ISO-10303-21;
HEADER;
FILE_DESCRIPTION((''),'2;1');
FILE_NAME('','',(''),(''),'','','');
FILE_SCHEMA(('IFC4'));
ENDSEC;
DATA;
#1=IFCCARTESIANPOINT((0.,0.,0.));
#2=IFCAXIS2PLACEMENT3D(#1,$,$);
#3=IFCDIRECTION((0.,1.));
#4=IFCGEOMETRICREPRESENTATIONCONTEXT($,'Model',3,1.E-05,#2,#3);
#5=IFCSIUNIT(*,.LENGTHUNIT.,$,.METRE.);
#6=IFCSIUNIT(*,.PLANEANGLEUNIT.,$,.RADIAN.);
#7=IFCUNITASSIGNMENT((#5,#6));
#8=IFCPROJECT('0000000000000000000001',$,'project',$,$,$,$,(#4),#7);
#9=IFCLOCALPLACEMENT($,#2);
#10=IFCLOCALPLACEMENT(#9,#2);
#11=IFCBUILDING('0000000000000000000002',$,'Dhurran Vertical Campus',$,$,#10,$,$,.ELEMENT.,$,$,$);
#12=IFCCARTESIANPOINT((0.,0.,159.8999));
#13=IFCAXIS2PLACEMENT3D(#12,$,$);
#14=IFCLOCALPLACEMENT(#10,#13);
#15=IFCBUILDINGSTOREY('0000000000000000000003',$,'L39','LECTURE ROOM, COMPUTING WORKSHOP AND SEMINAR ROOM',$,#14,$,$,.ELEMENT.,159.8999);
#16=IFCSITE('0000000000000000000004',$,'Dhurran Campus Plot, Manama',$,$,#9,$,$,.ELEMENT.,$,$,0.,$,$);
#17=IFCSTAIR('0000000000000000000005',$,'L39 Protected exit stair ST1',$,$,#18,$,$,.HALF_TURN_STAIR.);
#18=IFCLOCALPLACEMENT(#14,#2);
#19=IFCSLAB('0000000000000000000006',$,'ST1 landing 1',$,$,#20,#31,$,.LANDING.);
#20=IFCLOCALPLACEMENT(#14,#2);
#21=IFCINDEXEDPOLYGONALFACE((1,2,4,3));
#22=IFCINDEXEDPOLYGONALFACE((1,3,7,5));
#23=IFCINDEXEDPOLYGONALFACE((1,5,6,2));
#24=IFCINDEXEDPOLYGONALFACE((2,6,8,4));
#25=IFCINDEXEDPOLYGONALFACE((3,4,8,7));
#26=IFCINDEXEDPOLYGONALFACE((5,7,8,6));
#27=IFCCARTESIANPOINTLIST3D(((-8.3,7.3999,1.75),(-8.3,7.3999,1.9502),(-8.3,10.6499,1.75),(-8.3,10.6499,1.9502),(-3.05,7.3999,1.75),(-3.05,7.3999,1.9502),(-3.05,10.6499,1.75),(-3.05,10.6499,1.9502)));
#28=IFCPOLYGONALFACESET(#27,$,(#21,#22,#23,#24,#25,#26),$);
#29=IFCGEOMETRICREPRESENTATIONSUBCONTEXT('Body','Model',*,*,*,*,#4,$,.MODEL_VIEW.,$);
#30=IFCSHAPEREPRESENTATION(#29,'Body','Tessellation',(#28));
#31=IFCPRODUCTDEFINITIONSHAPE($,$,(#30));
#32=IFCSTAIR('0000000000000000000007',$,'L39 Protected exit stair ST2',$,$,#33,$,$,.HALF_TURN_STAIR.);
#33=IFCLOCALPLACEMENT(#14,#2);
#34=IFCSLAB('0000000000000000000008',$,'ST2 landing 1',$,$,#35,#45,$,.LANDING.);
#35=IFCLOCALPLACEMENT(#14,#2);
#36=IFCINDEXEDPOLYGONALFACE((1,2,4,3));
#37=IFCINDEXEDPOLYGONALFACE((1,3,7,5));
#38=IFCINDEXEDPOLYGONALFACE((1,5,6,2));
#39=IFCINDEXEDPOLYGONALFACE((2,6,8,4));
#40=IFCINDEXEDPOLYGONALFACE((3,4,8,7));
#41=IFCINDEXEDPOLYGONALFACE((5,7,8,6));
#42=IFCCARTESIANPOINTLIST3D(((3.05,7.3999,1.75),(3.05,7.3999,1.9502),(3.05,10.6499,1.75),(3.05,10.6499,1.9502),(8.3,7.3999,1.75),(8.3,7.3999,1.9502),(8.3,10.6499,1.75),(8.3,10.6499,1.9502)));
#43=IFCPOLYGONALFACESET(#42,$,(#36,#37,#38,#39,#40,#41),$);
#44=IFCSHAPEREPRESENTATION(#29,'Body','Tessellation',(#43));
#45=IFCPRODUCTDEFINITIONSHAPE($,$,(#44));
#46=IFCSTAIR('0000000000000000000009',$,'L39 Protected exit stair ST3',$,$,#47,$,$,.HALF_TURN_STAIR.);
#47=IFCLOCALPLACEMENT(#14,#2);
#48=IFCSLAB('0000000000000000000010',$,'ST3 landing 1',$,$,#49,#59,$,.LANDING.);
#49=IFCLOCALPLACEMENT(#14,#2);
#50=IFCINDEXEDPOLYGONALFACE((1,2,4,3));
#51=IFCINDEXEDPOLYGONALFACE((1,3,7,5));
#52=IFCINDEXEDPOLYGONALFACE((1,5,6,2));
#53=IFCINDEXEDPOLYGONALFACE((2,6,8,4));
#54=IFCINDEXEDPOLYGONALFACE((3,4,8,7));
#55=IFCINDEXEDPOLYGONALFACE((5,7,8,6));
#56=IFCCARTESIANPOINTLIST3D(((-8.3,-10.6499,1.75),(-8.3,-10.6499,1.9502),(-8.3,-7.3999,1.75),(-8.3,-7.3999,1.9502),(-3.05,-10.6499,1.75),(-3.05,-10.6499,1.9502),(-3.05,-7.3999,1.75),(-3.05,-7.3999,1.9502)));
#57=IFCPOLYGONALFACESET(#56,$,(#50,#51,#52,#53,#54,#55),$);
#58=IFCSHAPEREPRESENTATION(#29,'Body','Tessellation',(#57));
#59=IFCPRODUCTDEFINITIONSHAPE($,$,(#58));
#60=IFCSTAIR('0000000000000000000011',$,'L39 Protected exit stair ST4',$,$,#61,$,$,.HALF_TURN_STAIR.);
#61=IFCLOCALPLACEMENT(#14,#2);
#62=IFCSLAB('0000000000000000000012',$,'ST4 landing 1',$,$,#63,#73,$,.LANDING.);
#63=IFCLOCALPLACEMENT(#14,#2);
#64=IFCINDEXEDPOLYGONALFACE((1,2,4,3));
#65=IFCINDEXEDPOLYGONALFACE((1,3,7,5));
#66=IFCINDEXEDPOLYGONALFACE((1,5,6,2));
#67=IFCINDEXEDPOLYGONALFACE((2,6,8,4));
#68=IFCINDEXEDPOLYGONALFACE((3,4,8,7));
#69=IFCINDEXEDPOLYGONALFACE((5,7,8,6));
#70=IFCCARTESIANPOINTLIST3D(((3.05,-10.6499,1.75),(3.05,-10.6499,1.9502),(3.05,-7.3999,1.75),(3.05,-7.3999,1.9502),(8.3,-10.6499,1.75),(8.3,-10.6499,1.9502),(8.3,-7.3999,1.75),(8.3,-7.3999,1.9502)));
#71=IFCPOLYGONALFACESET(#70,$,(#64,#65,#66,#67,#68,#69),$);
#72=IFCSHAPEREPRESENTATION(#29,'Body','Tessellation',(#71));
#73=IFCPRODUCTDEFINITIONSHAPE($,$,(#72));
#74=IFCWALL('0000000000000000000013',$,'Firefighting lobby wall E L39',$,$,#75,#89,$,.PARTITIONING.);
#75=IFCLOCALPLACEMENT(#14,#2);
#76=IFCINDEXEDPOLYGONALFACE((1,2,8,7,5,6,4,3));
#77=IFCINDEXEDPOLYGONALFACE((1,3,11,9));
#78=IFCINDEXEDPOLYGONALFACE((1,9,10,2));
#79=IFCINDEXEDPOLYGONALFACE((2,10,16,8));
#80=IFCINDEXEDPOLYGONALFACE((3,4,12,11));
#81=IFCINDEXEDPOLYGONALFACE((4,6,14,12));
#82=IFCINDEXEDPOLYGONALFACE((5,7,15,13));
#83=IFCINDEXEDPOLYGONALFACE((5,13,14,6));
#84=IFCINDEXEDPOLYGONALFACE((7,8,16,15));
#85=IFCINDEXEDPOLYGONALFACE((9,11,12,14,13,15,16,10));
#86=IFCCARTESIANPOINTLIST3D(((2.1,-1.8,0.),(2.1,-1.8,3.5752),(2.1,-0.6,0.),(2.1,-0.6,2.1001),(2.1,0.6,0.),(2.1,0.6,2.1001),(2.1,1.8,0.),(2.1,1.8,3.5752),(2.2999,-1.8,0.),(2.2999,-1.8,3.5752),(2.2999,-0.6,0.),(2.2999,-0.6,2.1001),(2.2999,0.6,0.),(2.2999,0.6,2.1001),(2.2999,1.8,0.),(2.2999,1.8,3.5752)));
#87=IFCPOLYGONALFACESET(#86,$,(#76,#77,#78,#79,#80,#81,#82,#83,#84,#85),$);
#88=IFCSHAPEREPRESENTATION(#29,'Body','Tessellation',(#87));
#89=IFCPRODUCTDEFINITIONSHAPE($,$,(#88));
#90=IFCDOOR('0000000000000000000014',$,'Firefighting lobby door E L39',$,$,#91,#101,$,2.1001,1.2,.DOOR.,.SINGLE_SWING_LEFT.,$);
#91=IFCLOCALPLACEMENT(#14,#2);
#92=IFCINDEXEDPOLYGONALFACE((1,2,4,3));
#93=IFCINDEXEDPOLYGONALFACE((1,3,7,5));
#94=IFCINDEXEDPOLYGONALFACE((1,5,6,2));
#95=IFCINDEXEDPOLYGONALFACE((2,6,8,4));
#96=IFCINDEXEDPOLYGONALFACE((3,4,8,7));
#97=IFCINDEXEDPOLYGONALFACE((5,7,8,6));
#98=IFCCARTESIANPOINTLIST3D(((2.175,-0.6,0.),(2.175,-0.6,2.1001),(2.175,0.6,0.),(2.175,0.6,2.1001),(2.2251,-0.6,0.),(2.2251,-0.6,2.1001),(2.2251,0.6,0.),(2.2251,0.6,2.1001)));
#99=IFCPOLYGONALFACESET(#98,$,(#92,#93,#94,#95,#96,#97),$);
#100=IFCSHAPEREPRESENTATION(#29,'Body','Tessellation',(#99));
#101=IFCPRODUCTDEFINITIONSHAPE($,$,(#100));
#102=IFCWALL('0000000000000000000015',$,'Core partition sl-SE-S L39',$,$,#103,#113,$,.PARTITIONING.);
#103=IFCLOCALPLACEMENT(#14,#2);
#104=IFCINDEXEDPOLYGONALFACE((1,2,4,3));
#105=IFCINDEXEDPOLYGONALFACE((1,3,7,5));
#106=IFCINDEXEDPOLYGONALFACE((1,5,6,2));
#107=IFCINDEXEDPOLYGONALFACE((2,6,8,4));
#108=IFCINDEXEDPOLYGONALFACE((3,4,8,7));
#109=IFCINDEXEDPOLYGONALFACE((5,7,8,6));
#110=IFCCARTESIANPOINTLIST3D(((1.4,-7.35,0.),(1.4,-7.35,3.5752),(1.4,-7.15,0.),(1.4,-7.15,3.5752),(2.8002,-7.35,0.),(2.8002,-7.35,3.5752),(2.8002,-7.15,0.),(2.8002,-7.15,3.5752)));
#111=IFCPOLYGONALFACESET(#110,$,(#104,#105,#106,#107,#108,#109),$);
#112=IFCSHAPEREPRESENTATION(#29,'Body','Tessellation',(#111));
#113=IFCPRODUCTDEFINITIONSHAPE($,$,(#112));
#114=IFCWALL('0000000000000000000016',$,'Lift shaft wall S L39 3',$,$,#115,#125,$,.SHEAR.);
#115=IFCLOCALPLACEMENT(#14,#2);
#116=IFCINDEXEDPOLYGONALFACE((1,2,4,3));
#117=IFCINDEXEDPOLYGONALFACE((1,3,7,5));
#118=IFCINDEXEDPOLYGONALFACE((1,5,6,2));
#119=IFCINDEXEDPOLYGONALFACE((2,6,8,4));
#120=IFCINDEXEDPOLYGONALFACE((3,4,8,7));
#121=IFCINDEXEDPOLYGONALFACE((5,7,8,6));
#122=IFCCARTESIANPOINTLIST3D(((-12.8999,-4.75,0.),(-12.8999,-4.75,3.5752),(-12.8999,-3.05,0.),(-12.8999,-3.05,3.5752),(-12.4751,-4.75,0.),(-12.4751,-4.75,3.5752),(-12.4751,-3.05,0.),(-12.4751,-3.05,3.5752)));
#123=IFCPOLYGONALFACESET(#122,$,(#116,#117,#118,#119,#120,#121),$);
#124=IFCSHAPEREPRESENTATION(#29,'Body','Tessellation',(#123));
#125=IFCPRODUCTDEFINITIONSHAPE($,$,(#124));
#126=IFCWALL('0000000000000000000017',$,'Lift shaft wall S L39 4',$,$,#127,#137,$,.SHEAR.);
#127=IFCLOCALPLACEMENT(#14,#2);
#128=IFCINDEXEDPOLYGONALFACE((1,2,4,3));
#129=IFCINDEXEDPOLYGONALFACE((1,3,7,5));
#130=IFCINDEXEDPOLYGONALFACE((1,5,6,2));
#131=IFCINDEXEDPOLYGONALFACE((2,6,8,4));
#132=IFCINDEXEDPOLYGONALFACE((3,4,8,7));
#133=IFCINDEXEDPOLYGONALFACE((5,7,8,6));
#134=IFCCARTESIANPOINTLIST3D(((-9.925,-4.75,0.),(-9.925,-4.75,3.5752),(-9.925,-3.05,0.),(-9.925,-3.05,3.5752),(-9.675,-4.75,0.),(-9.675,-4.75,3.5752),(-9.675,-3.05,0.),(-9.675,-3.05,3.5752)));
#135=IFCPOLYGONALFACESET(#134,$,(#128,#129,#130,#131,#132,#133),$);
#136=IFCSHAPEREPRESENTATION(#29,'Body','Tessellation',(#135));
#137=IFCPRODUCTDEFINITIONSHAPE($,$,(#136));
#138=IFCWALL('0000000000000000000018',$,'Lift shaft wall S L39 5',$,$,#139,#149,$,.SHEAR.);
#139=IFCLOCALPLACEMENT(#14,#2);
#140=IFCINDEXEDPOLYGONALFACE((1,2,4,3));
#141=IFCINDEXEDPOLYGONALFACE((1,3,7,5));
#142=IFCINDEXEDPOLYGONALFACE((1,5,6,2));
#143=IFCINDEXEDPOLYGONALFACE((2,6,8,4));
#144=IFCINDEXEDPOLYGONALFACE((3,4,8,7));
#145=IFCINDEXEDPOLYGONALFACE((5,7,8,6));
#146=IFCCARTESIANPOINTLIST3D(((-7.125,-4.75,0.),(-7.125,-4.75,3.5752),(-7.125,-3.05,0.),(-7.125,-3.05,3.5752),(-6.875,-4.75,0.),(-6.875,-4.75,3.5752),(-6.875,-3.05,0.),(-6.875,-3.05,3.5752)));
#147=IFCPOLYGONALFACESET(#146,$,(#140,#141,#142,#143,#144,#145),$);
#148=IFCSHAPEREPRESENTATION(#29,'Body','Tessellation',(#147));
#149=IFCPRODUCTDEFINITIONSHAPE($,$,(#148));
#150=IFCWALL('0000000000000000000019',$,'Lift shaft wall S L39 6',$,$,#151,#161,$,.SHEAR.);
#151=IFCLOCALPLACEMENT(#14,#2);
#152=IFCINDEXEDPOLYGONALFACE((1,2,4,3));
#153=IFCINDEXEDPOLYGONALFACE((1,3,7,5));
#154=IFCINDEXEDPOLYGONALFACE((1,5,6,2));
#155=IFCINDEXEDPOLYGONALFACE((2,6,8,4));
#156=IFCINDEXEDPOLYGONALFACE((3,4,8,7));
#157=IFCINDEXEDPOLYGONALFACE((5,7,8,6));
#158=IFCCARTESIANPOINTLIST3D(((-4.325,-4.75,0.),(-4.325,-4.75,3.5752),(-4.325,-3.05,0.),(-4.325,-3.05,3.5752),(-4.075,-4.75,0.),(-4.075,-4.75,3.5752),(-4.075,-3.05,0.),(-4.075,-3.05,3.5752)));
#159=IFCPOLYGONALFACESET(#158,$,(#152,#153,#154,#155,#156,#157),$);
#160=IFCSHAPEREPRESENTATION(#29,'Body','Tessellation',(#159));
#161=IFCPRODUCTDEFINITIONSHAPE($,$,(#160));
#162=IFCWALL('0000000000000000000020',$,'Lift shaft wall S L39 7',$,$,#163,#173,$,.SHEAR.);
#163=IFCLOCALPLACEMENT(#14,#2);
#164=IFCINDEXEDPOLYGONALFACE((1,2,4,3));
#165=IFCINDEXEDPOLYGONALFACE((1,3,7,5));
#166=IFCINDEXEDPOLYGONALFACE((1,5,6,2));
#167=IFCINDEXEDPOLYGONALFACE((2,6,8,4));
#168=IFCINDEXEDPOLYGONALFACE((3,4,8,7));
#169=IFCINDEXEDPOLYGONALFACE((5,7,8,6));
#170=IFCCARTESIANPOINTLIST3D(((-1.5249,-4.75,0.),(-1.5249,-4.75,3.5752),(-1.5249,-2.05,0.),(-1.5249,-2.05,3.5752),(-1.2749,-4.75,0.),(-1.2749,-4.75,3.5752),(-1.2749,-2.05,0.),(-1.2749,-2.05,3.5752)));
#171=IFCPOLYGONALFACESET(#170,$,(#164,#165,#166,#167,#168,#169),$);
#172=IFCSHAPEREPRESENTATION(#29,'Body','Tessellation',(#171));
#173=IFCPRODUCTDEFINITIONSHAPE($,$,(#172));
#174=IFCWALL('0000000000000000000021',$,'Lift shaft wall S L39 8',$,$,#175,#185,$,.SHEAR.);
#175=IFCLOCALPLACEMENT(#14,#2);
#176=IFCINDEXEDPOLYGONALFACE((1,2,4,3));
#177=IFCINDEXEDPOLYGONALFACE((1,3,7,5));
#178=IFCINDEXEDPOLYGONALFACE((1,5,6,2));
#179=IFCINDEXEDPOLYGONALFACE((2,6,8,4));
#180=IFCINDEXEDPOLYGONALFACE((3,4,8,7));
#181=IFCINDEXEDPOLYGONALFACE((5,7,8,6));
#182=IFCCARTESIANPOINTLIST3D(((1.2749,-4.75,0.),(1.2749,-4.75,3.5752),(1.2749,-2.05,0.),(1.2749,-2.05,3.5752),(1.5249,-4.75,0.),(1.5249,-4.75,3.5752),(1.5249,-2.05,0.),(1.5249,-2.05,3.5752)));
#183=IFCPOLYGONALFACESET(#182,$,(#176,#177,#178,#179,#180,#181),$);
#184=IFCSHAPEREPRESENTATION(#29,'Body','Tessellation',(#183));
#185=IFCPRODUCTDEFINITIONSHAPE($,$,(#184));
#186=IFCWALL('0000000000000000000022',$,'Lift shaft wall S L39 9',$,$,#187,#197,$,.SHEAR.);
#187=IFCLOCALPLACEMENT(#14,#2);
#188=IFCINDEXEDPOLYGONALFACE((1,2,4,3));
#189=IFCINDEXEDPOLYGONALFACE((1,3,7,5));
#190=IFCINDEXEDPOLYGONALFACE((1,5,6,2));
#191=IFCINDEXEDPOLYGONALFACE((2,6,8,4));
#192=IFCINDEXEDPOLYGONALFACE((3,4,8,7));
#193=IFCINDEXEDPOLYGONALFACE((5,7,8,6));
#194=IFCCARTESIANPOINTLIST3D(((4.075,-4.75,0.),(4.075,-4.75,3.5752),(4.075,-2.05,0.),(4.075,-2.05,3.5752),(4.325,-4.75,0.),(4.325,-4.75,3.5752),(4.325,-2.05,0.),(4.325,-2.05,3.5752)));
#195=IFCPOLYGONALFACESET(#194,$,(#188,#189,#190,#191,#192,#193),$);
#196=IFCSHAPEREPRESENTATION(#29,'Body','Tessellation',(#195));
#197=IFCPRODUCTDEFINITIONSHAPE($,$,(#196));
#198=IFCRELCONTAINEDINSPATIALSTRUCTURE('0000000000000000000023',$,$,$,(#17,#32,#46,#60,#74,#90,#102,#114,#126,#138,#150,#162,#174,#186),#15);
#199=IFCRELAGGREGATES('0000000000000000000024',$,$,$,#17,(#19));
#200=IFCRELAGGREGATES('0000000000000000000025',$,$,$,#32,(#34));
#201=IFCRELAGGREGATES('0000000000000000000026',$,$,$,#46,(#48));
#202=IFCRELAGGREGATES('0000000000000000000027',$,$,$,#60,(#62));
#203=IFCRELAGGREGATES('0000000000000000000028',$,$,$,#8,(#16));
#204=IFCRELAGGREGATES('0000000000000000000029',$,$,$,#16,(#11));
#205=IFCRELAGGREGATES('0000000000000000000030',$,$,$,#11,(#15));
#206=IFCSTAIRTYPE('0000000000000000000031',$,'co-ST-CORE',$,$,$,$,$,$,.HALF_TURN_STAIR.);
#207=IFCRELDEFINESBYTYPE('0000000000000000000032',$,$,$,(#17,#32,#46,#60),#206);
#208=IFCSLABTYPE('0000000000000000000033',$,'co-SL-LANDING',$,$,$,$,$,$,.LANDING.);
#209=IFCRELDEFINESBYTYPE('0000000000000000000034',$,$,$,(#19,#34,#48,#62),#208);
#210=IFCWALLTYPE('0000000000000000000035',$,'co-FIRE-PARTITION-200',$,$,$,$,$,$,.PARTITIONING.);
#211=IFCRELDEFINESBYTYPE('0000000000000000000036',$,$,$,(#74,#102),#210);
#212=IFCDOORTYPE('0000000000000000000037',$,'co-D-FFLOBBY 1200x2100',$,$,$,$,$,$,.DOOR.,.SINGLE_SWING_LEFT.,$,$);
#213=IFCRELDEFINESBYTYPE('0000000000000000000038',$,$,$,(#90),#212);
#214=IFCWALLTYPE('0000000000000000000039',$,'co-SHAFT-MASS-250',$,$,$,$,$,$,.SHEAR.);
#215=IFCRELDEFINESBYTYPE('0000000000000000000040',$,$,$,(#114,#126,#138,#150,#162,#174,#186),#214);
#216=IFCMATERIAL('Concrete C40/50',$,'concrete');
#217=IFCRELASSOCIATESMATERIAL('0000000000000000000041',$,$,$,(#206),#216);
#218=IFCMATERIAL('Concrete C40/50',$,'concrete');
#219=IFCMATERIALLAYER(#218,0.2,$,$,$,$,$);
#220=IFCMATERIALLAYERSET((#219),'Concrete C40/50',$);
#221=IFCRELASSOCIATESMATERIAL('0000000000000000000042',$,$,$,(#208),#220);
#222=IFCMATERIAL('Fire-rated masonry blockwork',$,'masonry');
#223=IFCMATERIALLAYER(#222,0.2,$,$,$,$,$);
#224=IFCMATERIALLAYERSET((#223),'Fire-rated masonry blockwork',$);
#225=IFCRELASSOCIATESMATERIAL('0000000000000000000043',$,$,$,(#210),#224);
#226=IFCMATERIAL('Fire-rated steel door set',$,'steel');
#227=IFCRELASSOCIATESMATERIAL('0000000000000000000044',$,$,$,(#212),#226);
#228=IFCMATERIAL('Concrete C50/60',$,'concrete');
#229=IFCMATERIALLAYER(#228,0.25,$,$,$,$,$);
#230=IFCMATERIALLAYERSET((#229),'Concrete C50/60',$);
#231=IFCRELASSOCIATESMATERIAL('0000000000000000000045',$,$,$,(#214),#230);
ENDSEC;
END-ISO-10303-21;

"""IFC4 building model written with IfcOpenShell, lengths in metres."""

from ifc_helpers import new_model, si_unit, direction, frame, frame_2d, origin, place, context, subcontext, project, spatial, polyline, rectangle, outline, extrude, material, layer, layer_set, type_object, element, fill, aggregate, save


model = new_model("IFC4")

# Units and contexts
model_context = context("Model", 3, precision=1e-05, world=origin(), true_north=direction((0.0, 1.0)))
body_context = subcontext(model_context, "Body", "Model", "MODEL_VIEW")
ifc_project = project(units=[si_unit("LENGTHUNIT", "METRE"), si_unit("PLANEANGLEUNIT", "RADIAN")], contexts=[model_context])

# Site, building, storey
site_placement = place(None, origin())
site = spatial("IfcSite", under=ifc_project, at=site_placement, Name="Dhurran Campus Plot, Manama", CompositionType="ELEMENT", RefElevation=0.0)
building_placement = place(site_placement, origin())
building = spatial("IfcBuilding", under=site, at=building_placement, Name="Dhurran Vertical Campus", CompositionType="ELEMENT")
storey_placement = place(building_placement, frame((0.0, 0.0, 159.8999)))
storey = spatial("IfcBuildingStorey", under=building, at=storey_placement, Name="L39", Description="LECTURE ROOM, COMPUTING WORKSHOP AND SEMINAR ROOM", CompositionType="ELEMENT", Elevation=159.8999)

# Stairs, slabs
ifc_material_1 = material(Name="Concrete C40/50", Category="concrete")
stair_type = type_object("IfcStairType", Name="co-ST-CORE", PredefinedType="HALF_TURN_STAIR", material=ifc_material_1)
stair_1_placement = place(storey_placement, origin())
stair_1 = element("IfcStair", 1, at=stair_1_placement, inside=storey, type_object=stair_type, Name="L39 Protected exit stair ST1", PredefinedType="HALF_TURN_STAIR")
ifc_material_2 = material(Name="Concrete C40/50", Category="concrete")
ifc_layer_1 = layer(ifc_material_2, 0.2)
ifc_layer_set_1 = layer_set([ifc_layer_1], Name="Concrete C40/50")
slab_type = type_object("IfcSlabType", Name="co-SL-LANDING", PredefinedType="LANDING", material=ifc_layer_set_1)
slab_1_placement = place(storey_placement, frame((0.0, 0.0, 1.75)))
slab_1 = element("IfcSlab", 2, at=slab_1_placement, type_object=slab_type, Name="ST1 landing 1", PredefinedType="LANDING", context=body_context, shape_type="SweptSolid", body=[
    extrude(outline(polyline([(-8.3, 7.3999), (-3.05, 7.3999), (-3.05, 10.6499), (-8.3, 10.6499), (-8.3, 7.3999)])), origin(), (0.0, 0.0, 1.0), 0.2002),
])
aggregate(stair_1, [slab_1])
stair_2_placement = place(storey_placement, origin())
stair_2 = element("IfcStair", 3, at=stair_2_placement, inside=storey, type_object=stair_type, Name="L39 Protected exit stair ST2", PredefinedType="HALF_TURN_STAIR")
slab_2_placement = place(storey_placement, frame((0.0, 0.0, 1.75)))
slab_2 = element("IfcSlab", 4, at=slab_2_placement, type_object=slab_type, Name="ST2 landing 1", PredefinedType="LANDING", context=body_context, shape_type="SweptSolid", body=[
    extrude(outline(polyline([(8.3, 10.6499), (3.05, 10.6499), (3.05, 7.3999), (8.3, 7.3999), (8.3, 10.6499)])), origin(), (0.0, 0.0, 1.0), 0.2002),
])
aggregate(stair_2, [slab_2])
stair_3_placement = place(storey_placement, origin())
stair_3 = element("IfcStair", 5, at=stair_3_placement, inside=storey, type_object=stair_type, Name="L39 Protected exit stair ST3", PredefinedType="HALF_TURN_STAIR")
slab_3_placement = place(storey_placement, frame((0.0, 0.0, 1.75)))
slab_3 = element("IfcSlab", 6, at=slab_3_placement, type_object=slab_type, Name="ST3 landing 1", PredefinedType="LANDING", context=body_context, shape_type="SweptSolid", body=[
    extrude(outline(polyline([(-8.3, -10.6499), (-3.05, -10.6499), (-3.05, -7.3999), (-8.3, -7.3999), (-8.3, -10.6499)])), origin(), (0.0, 0.0, 1.0), 0.2002),
])
aggregate(stair_3, [slab_3])
stair_4_placement = place(storey_placement, origin())
stair_4 = element("IfcStair", 7, at=stair_4_placement, inside=storey, type_object=stair_type, Name="L39 Protected exit stair ST4", PredefinedType="HALF_TURN_STAIR")
slab_4_placement = place(storey_placement, frame((0.0, 0.0, 1.75)))
slab_4 = element("IfcSlab", 8, at=slab_4_placement, type_object=slab_type, Name="ST4 landing 1", PredefinedType="LANDING", context=body_context, shape_type="SweptSolid", body=[
    extrude(outline(polyline([(8.3, -7.3999), (3.05, -7.3999), (3.05, -10.6499), (8.3, -10.6499), (8.3, -7.3999)])), origin(), (0.0, 0.0, 1.0), 0.2002),
])
aggregate(stair_4, [slab_4])

# Wall, opening, door
ifc_material_3 = material(Name="Fire-rated masonry blockwork", Category="masonry")
ifc_layer_2 = layer(ifc_material_3, 0.2)
ifc_layer_set_2 = layer_set([ifc_layer_2], Name="Fire-rated masonry blockwork")
wall_type_1 = type_object("IfcWallType", Name="co-FIRE-PARTITION-200", PredefinedType="PARTITIONING", material=ifc_layer_set_2)
wall_1_placement = place(storey_placement, frame((2.2, -1.8, 0.0), z_axis=(0.0, 0.0, 1.0), x_axis=(0.0, 1.0, 0.0)))
wall_1 = element("IfcWall", 9, at=wall_1_placement, inside=storey, type_object=wall_type_1, Name="Firefighting lobby wall E L39", PredefinedType="PARTITIONING", context=body_context, shape_type="SweptSolid", body=[
    extrude(rectangle(XDim=3.6001, YDim=0.2, at=frame_2d((1.8, 0.0))), origin(), (0.0, 0.0, 1.0), 3.5752),
])
opening_1_placement = place(wall_1_placement, frame((1.2, 0.0, 0.0)))
opening_1 = element("IfcOpeningElement", 10, at=opening_1_placement, cuts=wall_1, PredefinedType="OPENING", context=body_context, shape_type="SweptSolid", body=[
    extrude(rectangle(XDim=1.2, YDim=2.1001, at=frame_2d((0.6001, 1.05))), frame((0.0, 0.1099, 0.0), z_axis=(0.0, -1.0, 0.0), x_axis=(1.0, 0.0, 0.0)), (0.0, 0.0, 1.0), 0.22),
])
ifc_material_4 = material(Name="Fire-rated steel door set", Category="steel")
door_type_1 = type_object("IfcDoorType", Name="co-D-FFLOBBY 1200x2100", OperationType="SINGLE_SWING_LEFT", PredefinedType="DOOR", material=ifc_material_4)
door_1_placement = place(opening_1_placement, origin())
door_1 = element("IfcDoor", 11, at=door_1_placement, inside=storey, type_object=door_type_1, Name="Firefighting lobby door E L39", OperationType="SINGLE_SWING_LEFT", OverallHeight=2.1001, OverallWidth=1.2, PredefinedType="DOOR", context=body_context, shape_type="SweptSolid", body=[
    extrude(rectangle(XDim=1.2, YDim=2.1001, at=frame_2d((0.6001, 1.05))), frame((0.0, 0.0249, 0.0), z_axis=(0.0, -1.0, 0.0), x_axis=(1.0, 0.0, 0.0)), (0.0, 0.0, 1.0), 0.05),
])
fill(opening_1, door_1)

# Walls
wall_2_placement = place(storey_placement, frame((1.3999, -7.25, 0.0), z_axis=(0.0, 0.0, 1.0), x_axis=(1.0, 0.0, 0.0)))
element("IfcWall", 12, at=wall_2_placement, inside=storey, type_object=wall_type_1, Name="Core partition sl-SE-S L39", PredefinedType="PARTITIONING", context=body_context, shape_type="SweptSolid", body=[
    extrude(rectangle(XDim=1.4001, YDim=0.2, at=frame_2d((0.7002, 0.0))), origin(), (0.0, 0.0, 1.0), 3.5752),
])
ifc_material_5 = material(Name="Concrete C50/60", Category="concrete")
ifc_layer_3 = layer(ifc_material_5, 0.25)
ifc_layer_set_3 = layer_set([ifc_layer_3], Name="Concrete C50/60")
wall_type_2 = type_object("IfcWallType", Name="co-SHAFT-MASS-250", PredefinedType="SHEAR", material=ifc_layer_set_3)
wall_3_placement = place(storey_placement, origin())
element("IfcWall", 13, at=wall_3_placement, inside=storey, type_object=wall_type_2, Name="Lift shaft wall S L39 3", PredefinedType="SHEAR", context=body_context, shape_type="SweptSolid", body=[
    extrude(outline(polyline([(-12.8999, -4.75), (-12.4751, -4.75), (-12.4751, -3.05), (-12.8999, -3.05), (-12.8999, -4.75)])), origin(), (0.0, 0.0, 1.0), 3.5752),
])
wall_4_placement = place(storey_placement, origin())
element("IfcWall", 14, at=wall_4_placement, inside=storey, type_object=wall_type_2, Name="Lift shaft wall S L39 4", PredefinedType="SHEAR", context=body_context, shape_type="SweptSolid", body=[
    extrude(outline(polyline([(-9.925, -4.75), (-9.675, -4.75), (-9.675, -3.05), (-9.925, -3.05), (-9.925, -4.75)])), origin(), (0.0, 0.0, 1.0), 3.5752),
])
wall_5_placement = place(storey_placement, origin())
element("IfcWall", 15, at=wall_5_placement, inside=storey, type_object=wall_type_2, Name="Lift shaft wall S L39 5", PredefinedType="SHEAR", context=body_context, shape_type="SweptSolid", body=[
    extrude(outline(polyline([(-7.125, -4.75), (-6.875, -4.75), (-6.875, -3.05), (-7.125, -3.05), (-7.125, -4.75)])), origin(), (0.0, 0.0, 1.0), 3.5752),
])
wall_6_placement = place(storey_placement, origin())
element("IfcWall", 16, at=wall_6_placement, inside=storey, type_object=wall_type_2, Name="Lift shaft wall S L39 6", PredefinedType="SHEAR", context=body_context, shape_type="SweptSolid", body=[
    extrude(outline(polyline([(-4.325, -4.75), (-4.075, -4.75), (-4.075, -3.05), (-4.325, -3.05), (-4.325, -4.75)])), origin(), (0.0, 0.0, 1.0), 3.5752),
])
wall_7_placement = place(storey_placement, origin())
element("IfcWall", 17, at=wall_7_placement, inside=storey, type_object=wall_type_2, Name="Lift shaft wall S L39 7", PredefinedType="SHEAR", context=body_context, shape_type="SweptSolid", body=[
    extrude(outline(polyline([(-1.5249, -4.75), (-1.2749, -4.75), (-1.2749, -2.05), (-1.5249, -2.05), (-1.5249, -4.75)])), origin(), (0.0, 0.0, 1.0), 3.5752),
])
wall_8_placement = place(storey_placement, origin())
element("IfcWall", 18, at=wall_8_placement, inside=storey, type_object=wall_type_2, Name="Lift shaft wall S L39 8", PredefinedType="SHEAR", context=body_context, shape_type="SweptSolid", body=[
    extrude(outline(polyline([(1.2749, -4.75), (1.5249, -4.75), (1.5249, -2.05), (1.2749, -2.05), (1.2749, -4.75)])), origin(), (0.0, 0.0, 1.0), 3.5752),
])
wall_9_placement = place(storey_placement, origin())
element("IfcWall", 19, at=wall_9_placement, inside=storey, type_object=wall_type_2, Name="Lift shaft wall S L39 9", PredefinedType="SHEAR", context=body_context, shape_type="SweptSolid", body=[
    extrude(outline(polyline([(4.075, -4.75), (4.325, -4.75), (4.325, -2.05), (4.075, -2.05), (4.075, -4.75)])), origin(), (0.0, 0.0, 1.0), 3.5752),
])

save(model, "model.ifc")
